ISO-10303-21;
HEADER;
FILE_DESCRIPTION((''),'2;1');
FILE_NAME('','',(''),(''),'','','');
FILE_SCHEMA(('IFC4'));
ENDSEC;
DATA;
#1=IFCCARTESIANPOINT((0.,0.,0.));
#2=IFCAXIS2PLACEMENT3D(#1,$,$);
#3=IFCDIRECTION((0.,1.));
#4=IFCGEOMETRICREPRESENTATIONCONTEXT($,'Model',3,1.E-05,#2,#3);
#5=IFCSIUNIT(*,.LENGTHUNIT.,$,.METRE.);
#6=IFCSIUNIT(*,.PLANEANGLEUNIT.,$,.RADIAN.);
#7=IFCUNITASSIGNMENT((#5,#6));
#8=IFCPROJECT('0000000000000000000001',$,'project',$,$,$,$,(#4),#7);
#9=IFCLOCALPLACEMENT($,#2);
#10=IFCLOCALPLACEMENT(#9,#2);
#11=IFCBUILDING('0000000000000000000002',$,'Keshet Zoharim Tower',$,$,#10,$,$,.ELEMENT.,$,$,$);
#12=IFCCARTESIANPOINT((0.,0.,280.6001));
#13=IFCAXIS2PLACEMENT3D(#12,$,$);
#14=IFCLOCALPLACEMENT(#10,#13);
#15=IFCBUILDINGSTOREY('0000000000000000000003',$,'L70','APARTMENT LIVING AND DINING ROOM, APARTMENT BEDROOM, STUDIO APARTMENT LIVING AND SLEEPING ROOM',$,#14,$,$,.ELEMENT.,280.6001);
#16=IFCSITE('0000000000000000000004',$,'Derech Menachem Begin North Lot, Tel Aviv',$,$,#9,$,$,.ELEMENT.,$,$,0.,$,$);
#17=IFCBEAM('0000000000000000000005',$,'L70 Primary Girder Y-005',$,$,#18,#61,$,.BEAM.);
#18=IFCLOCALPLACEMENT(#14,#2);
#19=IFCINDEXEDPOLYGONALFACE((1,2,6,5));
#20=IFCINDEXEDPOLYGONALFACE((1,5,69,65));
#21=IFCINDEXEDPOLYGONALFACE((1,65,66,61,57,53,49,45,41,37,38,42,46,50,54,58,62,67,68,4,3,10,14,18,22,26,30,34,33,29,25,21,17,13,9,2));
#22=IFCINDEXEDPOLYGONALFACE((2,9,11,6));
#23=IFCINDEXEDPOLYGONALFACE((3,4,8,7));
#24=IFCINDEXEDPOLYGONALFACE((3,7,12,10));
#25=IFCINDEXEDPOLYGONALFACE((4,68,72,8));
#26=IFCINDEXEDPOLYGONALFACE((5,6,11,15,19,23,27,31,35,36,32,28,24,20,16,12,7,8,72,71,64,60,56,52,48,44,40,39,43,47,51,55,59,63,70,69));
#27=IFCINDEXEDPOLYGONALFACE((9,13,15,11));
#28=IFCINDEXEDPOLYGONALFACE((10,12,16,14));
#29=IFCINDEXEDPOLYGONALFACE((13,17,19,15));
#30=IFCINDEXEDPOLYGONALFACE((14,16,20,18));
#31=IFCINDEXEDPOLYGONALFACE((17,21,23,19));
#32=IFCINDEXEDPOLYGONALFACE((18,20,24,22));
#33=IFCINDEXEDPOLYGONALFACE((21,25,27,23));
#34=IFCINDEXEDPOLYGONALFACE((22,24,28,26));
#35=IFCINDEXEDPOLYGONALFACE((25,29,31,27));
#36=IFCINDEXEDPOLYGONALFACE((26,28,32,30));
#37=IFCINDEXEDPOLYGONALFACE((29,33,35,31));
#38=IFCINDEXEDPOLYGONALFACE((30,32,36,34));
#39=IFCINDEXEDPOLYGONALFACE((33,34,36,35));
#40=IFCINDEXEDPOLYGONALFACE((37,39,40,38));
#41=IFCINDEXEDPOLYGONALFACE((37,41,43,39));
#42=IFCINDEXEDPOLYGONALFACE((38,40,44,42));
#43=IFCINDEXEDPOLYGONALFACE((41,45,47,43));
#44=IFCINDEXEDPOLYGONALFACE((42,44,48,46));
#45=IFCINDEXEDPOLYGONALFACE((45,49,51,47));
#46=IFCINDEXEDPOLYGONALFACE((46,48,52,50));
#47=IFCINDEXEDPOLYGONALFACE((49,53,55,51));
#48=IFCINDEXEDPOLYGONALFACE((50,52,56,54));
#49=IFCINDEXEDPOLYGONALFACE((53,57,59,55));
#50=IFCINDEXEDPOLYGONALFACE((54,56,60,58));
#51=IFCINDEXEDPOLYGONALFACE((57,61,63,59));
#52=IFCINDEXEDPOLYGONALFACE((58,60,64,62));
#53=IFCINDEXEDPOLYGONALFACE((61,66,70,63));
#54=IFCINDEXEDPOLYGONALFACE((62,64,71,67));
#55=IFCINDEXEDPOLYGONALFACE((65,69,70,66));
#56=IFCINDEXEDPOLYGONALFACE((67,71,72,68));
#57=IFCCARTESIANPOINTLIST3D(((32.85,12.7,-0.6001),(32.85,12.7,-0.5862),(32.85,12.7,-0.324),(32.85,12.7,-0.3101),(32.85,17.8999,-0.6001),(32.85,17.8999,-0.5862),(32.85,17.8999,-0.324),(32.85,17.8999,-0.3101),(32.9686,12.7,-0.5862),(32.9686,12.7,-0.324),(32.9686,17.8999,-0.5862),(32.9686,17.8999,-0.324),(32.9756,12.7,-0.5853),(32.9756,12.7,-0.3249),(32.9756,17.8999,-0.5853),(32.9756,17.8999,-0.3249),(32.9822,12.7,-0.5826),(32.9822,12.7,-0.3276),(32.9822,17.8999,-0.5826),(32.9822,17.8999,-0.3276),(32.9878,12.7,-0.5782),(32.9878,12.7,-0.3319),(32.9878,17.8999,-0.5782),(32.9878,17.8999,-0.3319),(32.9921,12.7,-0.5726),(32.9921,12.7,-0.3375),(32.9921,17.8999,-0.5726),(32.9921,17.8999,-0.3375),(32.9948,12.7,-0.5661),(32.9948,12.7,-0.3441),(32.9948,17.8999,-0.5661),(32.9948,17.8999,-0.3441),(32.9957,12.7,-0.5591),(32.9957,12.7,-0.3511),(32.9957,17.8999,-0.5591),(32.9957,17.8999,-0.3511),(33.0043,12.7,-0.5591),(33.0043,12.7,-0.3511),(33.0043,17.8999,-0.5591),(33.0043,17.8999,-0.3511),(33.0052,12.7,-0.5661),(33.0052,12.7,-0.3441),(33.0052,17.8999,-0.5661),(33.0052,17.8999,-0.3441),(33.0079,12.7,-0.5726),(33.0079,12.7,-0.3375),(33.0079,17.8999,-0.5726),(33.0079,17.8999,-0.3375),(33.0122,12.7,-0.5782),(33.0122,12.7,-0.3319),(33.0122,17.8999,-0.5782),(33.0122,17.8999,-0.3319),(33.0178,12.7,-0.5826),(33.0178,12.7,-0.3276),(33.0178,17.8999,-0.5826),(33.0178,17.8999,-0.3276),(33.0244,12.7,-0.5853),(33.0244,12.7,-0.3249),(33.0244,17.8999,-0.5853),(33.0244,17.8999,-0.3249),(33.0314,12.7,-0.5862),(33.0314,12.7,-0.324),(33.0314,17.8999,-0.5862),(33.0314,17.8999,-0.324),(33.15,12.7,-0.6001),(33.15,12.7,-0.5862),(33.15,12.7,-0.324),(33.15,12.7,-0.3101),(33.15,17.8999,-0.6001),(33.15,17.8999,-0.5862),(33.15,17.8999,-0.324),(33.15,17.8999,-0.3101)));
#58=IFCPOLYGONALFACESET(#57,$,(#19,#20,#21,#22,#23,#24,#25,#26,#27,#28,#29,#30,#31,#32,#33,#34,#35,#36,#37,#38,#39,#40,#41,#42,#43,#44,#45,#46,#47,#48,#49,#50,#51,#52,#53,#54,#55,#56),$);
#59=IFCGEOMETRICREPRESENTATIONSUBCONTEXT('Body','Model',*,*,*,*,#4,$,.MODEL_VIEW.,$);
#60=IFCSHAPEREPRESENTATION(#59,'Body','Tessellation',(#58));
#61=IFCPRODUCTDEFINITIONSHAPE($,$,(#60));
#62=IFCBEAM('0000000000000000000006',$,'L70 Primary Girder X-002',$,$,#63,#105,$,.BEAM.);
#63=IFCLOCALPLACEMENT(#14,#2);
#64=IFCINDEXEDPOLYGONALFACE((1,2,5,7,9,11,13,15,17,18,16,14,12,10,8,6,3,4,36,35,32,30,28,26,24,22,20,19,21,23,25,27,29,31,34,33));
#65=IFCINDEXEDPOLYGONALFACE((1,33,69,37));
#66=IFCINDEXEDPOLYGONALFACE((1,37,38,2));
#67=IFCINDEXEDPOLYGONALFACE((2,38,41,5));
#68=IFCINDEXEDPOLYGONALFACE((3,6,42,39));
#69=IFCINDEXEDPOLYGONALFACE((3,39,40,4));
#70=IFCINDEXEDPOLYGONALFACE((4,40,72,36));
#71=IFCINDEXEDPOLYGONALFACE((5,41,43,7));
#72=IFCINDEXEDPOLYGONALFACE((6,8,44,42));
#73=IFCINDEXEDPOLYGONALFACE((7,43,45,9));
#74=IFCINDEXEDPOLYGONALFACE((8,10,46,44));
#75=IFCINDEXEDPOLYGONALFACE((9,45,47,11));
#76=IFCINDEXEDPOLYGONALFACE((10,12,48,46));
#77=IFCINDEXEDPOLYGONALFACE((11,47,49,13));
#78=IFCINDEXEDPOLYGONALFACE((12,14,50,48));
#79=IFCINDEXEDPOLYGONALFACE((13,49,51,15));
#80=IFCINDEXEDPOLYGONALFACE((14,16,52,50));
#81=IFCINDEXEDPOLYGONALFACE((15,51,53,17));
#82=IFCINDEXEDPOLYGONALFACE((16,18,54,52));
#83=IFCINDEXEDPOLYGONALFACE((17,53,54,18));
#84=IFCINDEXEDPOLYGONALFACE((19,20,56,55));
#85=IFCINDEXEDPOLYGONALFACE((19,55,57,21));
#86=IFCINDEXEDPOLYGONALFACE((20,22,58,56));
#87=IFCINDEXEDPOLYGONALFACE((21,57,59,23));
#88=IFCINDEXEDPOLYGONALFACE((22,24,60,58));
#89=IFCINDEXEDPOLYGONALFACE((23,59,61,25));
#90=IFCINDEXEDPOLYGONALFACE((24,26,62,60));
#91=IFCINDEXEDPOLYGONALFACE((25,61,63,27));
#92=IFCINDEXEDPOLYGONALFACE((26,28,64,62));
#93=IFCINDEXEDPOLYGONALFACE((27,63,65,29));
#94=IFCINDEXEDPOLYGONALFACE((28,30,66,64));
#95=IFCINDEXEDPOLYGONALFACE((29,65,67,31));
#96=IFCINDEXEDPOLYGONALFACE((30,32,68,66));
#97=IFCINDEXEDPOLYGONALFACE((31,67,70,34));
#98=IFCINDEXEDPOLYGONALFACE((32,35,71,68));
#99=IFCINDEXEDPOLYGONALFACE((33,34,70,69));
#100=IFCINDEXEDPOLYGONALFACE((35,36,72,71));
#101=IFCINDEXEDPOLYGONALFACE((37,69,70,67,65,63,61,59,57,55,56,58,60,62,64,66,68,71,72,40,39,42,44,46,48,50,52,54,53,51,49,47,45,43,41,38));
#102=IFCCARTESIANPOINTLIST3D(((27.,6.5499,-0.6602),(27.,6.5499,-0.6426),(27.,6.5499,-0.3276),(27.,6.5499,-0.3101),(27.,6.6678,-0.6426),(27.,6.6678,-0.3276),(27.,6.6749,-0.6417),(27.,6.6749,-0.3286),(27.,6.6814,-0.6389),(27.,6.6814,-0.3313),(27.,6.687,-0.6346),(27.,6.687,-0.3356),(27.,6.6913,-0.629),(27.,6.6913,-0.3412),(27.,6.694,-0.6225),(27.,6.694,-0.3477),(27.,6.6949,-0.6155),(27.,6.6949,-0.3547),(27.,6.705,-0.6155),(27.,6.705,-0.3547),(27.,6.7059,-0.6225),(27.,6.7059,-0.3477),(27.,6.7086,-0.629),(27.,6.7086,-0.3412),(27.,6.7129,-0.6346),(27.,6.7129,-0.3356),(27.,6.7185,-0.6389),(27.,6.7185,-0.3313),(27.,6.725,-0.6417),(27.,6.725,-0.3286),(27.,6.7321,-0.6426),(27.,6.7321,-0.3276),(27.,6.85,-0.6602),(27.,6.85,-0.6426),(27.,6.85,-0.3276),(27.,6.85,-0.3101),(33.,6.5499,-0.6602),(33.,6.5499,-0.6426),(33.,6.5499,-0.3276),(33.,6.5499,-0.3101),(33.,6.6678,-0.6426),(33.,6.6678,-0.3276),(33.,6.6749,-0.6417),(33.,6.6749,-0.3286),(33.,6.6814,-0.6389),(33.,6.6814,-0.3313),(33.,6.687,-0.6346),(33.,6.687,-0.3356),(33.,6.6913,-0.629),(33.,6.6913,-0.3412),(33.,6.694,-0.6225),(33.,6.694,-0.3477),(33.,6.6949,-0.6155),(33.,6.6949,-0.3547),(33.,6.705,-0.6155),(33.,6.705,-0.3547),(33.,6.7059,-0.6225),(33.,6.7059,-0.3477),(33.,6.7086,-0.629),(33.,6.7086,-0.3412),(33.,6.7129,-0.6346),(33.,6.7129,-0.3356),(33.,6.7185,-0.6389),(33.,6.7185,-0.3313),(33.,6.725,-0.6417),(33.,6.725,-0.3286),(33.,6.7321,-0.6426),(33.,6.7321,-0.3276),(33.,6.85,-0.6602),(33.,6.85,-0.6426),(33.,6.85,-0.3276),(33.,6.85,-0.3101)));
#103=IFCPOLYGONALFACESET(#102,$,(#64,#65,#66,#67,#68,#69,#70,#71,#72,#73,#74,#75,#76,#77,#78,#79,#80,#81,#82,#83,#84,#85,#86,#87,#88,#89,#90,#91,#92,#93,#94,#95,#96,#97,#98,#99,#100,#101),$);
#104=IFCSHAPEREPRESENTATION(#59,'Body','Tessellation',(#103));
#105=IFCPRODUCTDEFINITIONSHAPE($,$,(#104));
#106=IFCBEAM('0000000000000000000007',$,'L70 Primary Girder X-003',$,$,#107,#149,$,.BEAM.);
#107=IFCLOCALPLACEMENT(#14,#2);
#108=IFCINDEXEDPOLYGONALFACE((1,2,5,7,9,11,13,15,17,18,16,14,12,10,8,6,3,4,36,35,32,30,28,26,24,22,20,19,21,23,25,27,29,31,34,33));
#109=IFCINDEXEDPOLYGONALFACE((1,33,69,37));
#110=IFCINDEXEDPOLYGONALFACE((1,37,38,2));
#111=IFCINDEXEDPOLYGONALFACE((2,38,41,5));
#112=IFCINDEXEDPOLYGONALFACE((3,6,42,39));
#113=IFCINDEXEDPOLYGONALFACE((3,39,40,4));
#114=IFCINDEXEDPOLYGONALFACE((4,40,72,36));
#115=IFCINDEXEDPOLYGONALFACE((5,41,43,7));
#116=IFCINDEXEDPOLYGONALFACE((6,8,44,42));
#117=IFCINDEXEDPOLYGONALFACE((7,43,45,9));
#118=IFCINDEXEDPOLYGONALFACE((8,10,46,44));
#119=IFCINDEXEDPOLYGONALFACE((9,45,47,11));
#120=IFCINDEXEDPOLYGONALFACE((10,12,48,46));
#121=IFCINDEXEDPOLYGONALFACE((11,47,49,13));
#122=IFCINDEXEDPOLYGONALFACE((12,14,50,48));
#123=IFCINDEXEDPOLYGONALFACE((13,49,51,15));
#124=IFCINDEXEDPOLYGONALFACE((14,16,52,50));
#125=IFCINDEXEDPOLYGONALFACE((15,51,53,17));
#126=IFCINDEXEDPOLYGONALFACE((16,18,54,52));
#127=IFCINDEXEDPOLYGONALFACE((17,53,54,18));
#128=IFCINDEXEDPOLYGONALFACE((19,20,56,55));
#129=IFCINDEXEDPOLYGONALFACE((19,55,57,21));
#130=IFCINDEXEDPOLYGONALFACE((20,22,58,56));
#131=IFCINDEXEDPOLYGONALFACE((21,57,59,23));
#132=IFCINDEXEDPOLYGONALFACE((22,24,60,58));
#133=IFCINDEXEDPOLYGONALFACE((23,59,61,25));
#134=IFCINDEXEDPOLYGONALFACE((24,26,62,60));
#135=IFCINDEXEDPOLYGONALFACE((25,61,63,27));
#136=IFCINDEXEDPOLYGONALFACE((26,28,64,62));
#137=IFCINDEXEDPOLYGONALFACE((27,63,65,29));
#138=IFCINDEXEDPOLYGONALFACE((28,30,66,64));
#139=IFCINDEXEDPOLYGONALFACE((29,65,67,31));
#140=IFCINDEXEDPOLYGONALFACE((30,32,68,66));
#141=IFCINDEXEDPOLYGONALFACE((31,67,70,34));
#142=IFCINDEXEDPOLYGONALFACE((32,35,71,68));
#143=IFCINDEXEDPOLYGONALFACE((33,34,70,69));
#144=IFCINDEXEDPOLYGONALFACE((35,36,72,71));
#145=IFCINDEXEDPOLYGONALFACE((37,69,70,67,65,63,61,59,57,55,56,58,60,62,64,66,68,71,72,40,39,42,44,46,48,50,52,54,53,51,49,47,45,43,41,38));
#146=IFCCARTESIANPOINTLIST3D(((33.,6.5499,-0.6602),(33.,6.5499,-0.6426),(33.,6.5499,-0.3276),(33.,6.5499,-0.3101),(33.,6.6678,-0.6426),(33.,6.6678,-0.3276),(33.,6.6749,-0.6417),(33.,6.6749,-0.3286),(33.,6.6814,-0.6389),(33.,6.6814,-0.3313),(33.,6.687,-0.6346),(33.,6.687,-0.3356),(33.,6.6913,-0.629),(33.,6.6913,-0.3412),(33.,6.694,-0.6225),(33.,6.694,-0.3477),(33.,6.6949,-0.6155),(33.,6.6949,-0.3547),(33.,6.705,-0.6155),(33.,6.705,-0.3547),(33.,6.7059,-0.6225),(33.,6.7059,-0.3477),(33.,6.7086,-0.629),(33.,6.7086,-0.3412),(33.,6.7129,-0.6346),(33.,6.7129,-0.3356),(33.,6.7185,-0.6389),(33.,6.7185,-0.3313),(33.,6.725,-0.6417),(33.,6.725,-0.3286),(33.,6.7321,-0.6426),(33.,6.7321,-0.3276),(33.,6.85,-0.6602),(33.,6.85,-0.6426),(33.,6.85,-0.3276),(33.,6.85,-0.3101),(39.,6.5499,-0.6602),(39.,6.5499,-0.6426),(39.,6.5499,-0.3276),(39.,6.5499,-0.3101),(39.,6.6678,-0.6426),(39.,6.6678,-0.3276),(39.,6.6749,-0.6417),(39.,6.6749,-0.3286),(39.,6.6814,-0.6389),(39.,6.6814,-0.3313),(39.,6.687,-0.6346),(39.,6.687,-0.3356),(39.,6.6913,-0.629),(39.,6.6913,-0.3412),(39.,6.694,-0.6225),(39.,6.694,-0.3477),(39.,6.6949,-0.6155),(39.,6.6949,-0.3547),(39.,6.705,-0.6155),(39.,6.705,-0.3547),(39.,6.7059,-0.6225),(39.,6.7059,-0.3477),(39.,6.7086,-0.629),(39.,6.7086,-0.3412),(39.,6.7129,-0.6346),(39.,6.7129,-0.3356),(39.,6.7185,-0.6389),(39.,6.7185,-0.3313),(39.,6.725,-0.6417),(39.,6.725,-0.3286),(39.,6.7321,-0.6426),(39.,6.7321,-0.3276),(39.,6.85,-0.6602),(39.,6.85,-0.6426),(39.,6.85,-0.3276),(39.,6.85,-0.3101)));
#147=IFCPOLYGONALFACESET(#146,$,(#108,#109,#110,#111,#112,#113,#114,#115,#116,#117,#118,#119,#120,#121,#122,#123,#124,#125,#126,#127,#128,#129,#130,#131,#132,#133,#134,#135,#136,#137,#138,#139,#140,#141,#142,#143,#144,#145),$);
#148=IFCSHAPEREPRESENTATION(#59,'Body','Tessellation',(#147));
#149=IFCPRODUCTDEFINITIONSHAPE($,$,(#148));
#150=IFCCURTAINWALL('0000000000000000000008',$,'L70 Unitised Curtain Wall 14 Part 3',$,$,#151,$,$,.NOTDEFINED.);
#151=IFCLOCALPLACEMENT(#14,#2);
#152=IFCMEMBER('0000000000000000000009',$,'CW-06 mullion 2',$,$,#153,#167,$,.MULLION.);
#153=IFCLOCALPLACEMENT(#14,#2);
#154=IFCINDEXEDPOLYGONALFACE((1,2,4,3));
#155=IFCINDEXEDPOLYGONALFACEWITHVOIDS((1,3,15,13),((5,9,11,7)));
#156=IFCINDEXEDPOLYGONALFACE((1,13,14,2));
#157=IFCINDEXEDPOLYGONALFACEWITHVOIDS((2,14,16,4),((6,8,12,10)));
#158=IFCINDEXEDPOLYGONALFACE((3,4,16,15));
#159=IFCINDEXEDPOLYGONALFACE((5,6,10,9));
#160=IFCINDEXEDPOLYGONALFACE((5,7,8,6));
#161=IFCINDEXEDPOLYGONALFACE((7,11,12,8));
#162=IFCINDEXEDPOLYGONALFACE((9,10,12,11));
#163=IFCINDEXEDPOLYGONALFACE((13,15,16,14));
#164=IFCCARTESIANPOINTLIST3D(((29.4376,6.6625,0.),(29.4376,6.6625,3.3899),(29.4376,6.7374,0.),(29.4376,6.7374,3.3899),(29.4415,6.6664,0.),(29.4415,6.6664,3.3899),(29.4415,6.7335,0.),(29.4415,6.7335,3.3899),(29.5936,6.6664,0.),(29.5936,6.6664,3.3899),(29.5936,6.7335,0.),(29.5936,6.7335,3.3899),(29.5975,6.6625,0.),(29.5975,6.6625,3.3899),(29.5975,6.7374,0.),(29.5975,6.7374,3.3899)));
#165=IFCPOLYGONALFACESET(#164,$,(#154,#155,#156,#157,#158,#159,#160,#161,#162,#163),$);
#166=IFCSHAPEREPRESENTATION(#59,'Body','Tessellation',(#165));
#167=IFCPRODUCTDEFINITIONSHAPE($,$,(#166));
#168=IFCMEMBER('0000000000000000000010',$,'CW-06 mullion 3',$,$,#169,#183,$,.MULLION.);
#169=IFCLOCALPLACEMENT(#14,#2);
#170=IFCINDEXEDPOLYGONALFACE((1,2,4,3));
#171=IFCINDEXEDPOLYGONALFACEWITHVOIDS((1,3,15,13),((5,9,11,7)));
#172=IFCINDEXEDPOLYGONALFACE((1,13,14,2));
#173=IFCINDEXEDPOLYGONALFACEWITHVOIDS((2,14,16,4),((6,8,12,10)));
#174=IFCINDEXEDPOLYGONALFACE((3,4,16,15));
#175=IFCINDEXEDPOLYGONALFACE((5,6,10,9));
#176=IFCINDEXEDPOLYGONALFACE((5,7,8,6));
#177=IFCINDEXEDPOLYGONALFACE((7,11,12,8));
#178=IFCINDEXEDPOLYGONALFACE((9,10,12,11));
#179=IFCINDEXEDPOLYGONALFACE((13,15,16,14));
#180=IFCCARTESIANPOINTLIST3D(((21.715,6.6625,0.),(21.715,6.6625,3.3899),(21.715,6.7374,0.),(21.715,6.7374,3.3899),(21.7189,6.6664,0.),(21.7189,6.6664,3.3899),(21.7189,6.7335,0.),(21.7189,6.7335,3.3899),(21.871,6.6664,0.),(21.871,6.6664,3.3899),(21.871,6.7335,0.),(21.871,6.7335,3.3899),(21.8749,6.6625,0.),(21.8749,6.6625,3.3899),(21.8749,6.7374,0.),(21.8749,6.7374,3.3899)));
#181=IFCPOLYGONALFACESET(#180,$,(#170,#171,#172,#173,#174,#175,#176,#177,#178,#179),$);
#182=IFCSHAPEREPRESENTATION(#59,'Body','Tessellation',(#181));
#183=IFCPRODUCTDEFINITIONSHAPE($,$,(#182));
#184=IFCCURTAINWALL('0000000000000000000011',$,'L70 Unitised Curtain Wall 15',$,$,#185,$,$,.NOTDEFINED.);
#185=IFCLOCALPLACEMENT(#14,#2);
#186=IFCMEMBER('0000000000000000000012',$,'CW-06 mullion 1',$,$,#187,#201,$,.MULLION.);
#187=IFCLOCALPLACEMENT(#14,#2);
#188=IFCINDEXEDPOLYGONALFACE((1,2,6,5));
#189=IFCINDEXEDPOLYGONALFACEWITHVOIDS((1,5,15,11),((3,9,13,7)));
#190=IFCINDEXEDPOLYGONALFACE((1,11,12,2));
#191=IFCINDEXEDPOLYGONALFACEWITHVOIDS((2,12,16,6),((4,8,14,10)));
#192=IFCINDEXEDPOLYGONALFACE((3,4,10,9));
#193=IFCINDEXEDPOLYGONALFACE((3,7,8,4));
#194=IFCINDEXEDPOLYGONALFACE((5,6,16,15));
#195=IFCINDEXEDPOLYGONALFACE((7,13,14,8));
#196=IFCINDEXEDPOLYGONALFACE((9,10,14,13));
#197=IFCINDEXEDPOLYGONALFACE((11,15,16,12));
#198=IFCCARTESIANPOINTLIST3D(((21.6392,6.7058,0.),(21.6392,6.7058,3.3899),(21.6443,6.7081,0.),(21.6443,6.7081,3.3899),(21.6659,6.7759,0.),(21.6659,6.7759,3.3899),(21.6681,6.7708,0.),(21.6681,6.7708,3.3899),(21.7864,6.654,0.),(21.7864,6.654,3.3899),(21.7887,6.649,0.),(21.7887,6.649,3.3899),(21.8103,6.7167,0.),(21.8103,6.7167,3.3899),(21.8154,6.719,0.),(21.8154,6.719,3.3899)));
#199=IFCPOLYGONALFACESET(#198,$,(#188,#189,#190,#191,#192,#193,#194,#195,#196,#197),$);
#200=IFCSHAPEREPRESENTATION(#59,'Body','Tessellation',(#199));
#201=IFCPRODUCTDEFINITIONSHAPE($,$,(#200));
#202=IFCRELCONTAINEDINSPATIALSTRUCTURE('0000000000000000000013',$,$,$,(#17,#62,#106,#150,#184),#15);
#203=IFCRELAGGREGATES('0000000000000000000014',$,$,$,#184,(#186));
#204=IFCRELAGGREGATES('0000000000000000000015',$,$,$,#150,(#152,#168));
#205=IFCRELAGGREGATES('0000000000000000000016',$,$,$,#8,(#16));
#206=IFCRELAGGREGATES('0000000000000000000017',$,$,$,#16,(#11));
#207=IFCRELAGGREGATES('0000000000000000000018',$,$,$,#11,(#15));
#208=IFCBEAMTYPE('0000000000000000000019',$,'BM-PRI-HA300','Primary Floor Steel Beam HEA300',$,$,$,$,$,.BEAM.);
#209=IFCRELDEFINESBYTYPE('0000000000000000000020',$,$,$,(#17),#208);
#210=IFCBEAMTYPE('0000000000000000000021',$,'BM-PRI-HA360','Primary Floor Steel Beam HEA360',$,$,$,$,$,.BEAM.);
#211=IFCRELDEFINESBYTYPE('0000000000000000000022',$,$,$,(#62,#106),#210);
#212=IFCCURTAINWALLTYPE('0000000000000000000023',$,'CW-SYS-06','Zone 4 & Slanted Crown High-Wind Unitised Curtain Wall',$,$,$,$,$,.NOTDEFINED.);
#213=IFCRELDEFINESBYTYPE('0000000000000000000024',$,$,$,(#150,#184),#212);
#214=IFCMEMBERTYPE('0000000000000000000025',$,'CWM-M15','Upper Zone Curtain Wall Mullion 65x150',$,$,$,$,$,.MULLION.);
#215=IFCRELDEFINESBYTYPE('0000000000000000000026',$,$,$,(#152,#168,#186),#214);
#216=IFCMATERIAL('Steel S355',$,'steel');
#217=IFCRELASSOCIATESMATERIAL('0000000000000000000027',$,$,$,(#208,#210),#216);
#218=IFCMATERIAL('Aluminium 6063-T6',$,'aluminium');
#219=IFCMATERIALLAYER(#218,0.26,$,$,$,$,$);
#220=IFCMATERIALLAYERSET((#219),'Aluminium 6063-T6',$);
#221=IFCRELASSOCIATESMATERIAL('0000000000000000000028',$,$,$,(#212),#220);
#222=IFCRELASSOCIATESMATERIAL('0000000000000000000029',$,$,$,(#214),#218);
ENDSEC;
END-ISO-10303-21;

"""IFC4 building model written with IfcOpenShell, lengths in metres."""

from ifc_helpers import new_model, si_unit, direction, frame, origin, origin_2d, place, context, subcontext, project, spatial, hollow_rectangle, i_section, extrude, material, layer, layer_set, material_profile, profile_set, type_object, element, aggregate, save


model = new_model("IFC4")

# Units and contexts
model_context = context("Model", 3, precision=1e-05, world=origin(), true_north=direction((0.0, 1.0)))
body_context = subcontext(model_context, "Body", "Model", "MODEL_VIEW")
ifc_project = project(units=[si_unit("LENGTHUNIT", "METRE"), si_unit("PLANEANGLEUNIT", "RADIAN")], contexts=[model_context])

# Site, building, storey
site_placement = place(None, origin())
site = spatial("IfcSite", under=ifc_project, at=site_placement, Name="Derech Menachem Begin North Lot, Tel Aviv", CompositionType="ELEMENT", RefElevation=0.0)
building_placement = place(site_placement, origin())
building = spatial("IfcBuilding", under=site, at=building_placement, Name="Keshet Zoharim Tower", CompositionType="ELEMENT")
storey_placement = place(building_placement, frame((0.0, 0.0, 280.6001)))
storey = spatial("IfcBuildingStorey", under=building, at=storey_placement, Name="L70", Description="APARTMENT LIVING AND DINING ROOM, APARTMENT BEDROOM, STUDIO APARTMENT LIVING AND SLEEPING ROOM", CompositionType="ELEMENT", Elevation=280.6001)

# Shared definitions
ifc_material_1 = material(Name="Steel S355", Category="steel")

# Beams
ifc_material_profile_1 = material_profile(ifc_material_1, i_section(OverallWidth=0.3, OverallDepth=0.29, WebThickness=0.0085, FlangeThickness=0.0139, FilletRadius=0.0271, at=origin_2d()), Name="HEA300")
ifc_profile_set_1 = profile_set([ifc_material_profile_1], Name="Steel S355")
beam_type_1 = type_object("IfcBeamType", Name="BM-PRI-HA300", Description="Primary Floor Steel Beam HEA300", PredefinedType="BEAM", material=ifc_profile_set_1)
beam_1_placement = place(storey_placement, frame((33.0, 12.7, -0.4551), z_axis=(0.0, 1.0, 0.0), x_axis=(-1.0, 0.0, 0.0)))
element("IfcBeam", 1, at=beam_1_placement, inside=storey, type_object=beam_type_1, Name="L70 Primary Girder Y-005", PredefinedType="BEAM", context=body_context, shape_type="SweptSolid", body=[
    extrude(i_section(OverallWidth=0.3, OverallDepth=0.29, WebThickness=0.0085, FlangeThickness=0.0139, FilletRadius=0.0271, at=origin_2d()), origin(), (0.0, 0.0, 1.0), 5.2),
])
ifc_material_profile_2 = material_profile(ifc_material_1, i_section(OverallWidth=0.3, OverallDepth=0.3501, WebThickness=0.01, FlangeThickness=0.0176, FilletRadius=0.0271, at=origin_2d()), Name="HEA360")
ifc_profile_set_2 = profile_set([ifc_material_profile_2], Name="Steel S355")
beam_type_2 = type_object("IfcBeamType", Name="BM-PRI-HA360", Description="Primary Floor Steel Beam HEA360", PredefinedType="BEAM", material=ifc_profile_set_2)
for number, where, z_axis, x_axis, name in (
    (2, (27.0, 6.7, -0.4851), (1.0, 0.0, 0.0), (0.0, 1.0, 0.0), "L70 Primary Girder X-002"),
    (3, (33.0, 6.7, -0.4851), (1.0, 0.0, 0.0), (0.0, 1.0, 0.0), "L70 Primary Girder X-003"),
):
    element("IfcBeam", number, at=place(storey_placement, frame(where, z_axis=z_axis, x_axis=x_axis)), inside=storey, type_object=beam_type_2, Name=name, PredefinedType="BEAM", context=body_context, shape_type="SweptSolid", body=[
        extrude(i_section(OverallWidth=0.3, OverallDepth=0.3501, WebThickness=0.01, FlangeThickness=0.0176, FilletRadius=0.0271, at=origin_2d()), origin(), (0.0, 0.0, 1.0), 6.0),
    ])

# Curtain wall, members
ifc_material_2 = material(Name="Aluminium 6063-T6", Category="aluminium")
ifc_layer_1 = layer(ifc_material_2, 0.26)
ifc_layer_set_1 = layer_set([ifc_layer_1], Name="Aluminium 6063-T6")
curtain_wall_type = type_object("IfcCurtainWallType", Name="CW-SYS-06", Description="Zone 4 & Slanted Crown High-Wind Unitised Curtain Wall", PredefinedType="NOTDEFINED", material=ifc_layer_set_1)
curtain_wall_1_placement = place(storey_placement, origin())
curtain_wall_1 = element("IfcCurtainWall", 4, at=curtain_wall_1_placement, inside=storey, type_object=curtain_wall_type, Name="L70 Unitised Curtain Wall 14 Part 3", PredefinedType="NOTDEFINED")
ifc_material_profile_3 = material_profile(ifc_material_2, hollow_rectangle(XDim=0.075, YDim=0.1599, WallThickness=0.0039, at=origin_2d()), Name="MUL-75x160")
ifc_profile_set_3 = profile_set([ifc_material_profile_3], Name="Aluminium 6063-T6")
member_type_1 = type_object("IfcMemberType", Name="CWM-M15", Description="Upper Zone Curtain Wall Mullion 65x150", PredefinedType="MULLION", material=ifc_profile_set_3)
member_1_placement = place(storey_placement, frame((29.5176, 6.7, 0.0), z_axis=(0.0, 0.0, 1.0), x_axis=(0.0, -1.0, 0.0)))
member_1 = element("IfcMember", 5, at=member_1_placement, type_object=member_type_1, Name="CW-06 mullion 2", PredefinedType="MULLION", context=body_context, shape_type="SweptSolid", body=[
    extrude(hollow_rectangle(XDim=0.075, YDim=0.1599, WallThickness=0.0039, at=origin_2d()), origin(), (0.0, 0.0, 1.0), 3.3899),
])
member_2_placement = place(storey_placement, frame((21.7949, 6.7, 0.0), z_axis=(0.0, 0.0, 1.0), x_axis=(0.0, -1.0, 0.0)))
member_2 = element("IfcMember", 6, at=member_2_placement, type_object=member_type_1, Name="CW-06 mullion 3", PredefinedType="MULLION", context=body_context, shape_type="SweptSolid", body=[
    extrude(hollow_rectangle(XDim=0.075, YDim=0.1599, WallThickness=0.0039, at=origin_2d()), origin(), (0.0, 0.0, 1.0), 3.3899),
])

# Curtain wall, member
curtain_wall_2_placement = place(storey_placement, origin())
curtain_wall_2 = element("IfcCurtainWall", 7, at=curtain_wall_2_placement, inside=storey, type_object=curtain_wall_type, Name="L70 Unitised Curtain Wall 15", PredefinedType="NOTDEFINED")
member_3_placement = place(storey_placement, frame((21.7273, 6.7124, 0.0), z_axis=(0.0, 0.0, 1.0), x_axis=(-0.355439, -0.934699, 0.0)))
member_3 = element("IfcMember", 8, at=member_3_placement, type_object=member_type_1, Name="CW-06 mullion 1", PredefinedType="MULLION", context=body_context, shape_type="SweptSolid", body=[
    extrude(hollow_rectangle(XDim=0.075, YDim=0.1599, WallThickness=0.0039, at=origin_2d()), origin(), (0.0, 0.0, 1.0), 3.3899),
])

aggregate(curtain_wall_2, [member_3])

aggregate(curtain_wall_1, [member_1, member_2])

save(model, "model.ifc")
